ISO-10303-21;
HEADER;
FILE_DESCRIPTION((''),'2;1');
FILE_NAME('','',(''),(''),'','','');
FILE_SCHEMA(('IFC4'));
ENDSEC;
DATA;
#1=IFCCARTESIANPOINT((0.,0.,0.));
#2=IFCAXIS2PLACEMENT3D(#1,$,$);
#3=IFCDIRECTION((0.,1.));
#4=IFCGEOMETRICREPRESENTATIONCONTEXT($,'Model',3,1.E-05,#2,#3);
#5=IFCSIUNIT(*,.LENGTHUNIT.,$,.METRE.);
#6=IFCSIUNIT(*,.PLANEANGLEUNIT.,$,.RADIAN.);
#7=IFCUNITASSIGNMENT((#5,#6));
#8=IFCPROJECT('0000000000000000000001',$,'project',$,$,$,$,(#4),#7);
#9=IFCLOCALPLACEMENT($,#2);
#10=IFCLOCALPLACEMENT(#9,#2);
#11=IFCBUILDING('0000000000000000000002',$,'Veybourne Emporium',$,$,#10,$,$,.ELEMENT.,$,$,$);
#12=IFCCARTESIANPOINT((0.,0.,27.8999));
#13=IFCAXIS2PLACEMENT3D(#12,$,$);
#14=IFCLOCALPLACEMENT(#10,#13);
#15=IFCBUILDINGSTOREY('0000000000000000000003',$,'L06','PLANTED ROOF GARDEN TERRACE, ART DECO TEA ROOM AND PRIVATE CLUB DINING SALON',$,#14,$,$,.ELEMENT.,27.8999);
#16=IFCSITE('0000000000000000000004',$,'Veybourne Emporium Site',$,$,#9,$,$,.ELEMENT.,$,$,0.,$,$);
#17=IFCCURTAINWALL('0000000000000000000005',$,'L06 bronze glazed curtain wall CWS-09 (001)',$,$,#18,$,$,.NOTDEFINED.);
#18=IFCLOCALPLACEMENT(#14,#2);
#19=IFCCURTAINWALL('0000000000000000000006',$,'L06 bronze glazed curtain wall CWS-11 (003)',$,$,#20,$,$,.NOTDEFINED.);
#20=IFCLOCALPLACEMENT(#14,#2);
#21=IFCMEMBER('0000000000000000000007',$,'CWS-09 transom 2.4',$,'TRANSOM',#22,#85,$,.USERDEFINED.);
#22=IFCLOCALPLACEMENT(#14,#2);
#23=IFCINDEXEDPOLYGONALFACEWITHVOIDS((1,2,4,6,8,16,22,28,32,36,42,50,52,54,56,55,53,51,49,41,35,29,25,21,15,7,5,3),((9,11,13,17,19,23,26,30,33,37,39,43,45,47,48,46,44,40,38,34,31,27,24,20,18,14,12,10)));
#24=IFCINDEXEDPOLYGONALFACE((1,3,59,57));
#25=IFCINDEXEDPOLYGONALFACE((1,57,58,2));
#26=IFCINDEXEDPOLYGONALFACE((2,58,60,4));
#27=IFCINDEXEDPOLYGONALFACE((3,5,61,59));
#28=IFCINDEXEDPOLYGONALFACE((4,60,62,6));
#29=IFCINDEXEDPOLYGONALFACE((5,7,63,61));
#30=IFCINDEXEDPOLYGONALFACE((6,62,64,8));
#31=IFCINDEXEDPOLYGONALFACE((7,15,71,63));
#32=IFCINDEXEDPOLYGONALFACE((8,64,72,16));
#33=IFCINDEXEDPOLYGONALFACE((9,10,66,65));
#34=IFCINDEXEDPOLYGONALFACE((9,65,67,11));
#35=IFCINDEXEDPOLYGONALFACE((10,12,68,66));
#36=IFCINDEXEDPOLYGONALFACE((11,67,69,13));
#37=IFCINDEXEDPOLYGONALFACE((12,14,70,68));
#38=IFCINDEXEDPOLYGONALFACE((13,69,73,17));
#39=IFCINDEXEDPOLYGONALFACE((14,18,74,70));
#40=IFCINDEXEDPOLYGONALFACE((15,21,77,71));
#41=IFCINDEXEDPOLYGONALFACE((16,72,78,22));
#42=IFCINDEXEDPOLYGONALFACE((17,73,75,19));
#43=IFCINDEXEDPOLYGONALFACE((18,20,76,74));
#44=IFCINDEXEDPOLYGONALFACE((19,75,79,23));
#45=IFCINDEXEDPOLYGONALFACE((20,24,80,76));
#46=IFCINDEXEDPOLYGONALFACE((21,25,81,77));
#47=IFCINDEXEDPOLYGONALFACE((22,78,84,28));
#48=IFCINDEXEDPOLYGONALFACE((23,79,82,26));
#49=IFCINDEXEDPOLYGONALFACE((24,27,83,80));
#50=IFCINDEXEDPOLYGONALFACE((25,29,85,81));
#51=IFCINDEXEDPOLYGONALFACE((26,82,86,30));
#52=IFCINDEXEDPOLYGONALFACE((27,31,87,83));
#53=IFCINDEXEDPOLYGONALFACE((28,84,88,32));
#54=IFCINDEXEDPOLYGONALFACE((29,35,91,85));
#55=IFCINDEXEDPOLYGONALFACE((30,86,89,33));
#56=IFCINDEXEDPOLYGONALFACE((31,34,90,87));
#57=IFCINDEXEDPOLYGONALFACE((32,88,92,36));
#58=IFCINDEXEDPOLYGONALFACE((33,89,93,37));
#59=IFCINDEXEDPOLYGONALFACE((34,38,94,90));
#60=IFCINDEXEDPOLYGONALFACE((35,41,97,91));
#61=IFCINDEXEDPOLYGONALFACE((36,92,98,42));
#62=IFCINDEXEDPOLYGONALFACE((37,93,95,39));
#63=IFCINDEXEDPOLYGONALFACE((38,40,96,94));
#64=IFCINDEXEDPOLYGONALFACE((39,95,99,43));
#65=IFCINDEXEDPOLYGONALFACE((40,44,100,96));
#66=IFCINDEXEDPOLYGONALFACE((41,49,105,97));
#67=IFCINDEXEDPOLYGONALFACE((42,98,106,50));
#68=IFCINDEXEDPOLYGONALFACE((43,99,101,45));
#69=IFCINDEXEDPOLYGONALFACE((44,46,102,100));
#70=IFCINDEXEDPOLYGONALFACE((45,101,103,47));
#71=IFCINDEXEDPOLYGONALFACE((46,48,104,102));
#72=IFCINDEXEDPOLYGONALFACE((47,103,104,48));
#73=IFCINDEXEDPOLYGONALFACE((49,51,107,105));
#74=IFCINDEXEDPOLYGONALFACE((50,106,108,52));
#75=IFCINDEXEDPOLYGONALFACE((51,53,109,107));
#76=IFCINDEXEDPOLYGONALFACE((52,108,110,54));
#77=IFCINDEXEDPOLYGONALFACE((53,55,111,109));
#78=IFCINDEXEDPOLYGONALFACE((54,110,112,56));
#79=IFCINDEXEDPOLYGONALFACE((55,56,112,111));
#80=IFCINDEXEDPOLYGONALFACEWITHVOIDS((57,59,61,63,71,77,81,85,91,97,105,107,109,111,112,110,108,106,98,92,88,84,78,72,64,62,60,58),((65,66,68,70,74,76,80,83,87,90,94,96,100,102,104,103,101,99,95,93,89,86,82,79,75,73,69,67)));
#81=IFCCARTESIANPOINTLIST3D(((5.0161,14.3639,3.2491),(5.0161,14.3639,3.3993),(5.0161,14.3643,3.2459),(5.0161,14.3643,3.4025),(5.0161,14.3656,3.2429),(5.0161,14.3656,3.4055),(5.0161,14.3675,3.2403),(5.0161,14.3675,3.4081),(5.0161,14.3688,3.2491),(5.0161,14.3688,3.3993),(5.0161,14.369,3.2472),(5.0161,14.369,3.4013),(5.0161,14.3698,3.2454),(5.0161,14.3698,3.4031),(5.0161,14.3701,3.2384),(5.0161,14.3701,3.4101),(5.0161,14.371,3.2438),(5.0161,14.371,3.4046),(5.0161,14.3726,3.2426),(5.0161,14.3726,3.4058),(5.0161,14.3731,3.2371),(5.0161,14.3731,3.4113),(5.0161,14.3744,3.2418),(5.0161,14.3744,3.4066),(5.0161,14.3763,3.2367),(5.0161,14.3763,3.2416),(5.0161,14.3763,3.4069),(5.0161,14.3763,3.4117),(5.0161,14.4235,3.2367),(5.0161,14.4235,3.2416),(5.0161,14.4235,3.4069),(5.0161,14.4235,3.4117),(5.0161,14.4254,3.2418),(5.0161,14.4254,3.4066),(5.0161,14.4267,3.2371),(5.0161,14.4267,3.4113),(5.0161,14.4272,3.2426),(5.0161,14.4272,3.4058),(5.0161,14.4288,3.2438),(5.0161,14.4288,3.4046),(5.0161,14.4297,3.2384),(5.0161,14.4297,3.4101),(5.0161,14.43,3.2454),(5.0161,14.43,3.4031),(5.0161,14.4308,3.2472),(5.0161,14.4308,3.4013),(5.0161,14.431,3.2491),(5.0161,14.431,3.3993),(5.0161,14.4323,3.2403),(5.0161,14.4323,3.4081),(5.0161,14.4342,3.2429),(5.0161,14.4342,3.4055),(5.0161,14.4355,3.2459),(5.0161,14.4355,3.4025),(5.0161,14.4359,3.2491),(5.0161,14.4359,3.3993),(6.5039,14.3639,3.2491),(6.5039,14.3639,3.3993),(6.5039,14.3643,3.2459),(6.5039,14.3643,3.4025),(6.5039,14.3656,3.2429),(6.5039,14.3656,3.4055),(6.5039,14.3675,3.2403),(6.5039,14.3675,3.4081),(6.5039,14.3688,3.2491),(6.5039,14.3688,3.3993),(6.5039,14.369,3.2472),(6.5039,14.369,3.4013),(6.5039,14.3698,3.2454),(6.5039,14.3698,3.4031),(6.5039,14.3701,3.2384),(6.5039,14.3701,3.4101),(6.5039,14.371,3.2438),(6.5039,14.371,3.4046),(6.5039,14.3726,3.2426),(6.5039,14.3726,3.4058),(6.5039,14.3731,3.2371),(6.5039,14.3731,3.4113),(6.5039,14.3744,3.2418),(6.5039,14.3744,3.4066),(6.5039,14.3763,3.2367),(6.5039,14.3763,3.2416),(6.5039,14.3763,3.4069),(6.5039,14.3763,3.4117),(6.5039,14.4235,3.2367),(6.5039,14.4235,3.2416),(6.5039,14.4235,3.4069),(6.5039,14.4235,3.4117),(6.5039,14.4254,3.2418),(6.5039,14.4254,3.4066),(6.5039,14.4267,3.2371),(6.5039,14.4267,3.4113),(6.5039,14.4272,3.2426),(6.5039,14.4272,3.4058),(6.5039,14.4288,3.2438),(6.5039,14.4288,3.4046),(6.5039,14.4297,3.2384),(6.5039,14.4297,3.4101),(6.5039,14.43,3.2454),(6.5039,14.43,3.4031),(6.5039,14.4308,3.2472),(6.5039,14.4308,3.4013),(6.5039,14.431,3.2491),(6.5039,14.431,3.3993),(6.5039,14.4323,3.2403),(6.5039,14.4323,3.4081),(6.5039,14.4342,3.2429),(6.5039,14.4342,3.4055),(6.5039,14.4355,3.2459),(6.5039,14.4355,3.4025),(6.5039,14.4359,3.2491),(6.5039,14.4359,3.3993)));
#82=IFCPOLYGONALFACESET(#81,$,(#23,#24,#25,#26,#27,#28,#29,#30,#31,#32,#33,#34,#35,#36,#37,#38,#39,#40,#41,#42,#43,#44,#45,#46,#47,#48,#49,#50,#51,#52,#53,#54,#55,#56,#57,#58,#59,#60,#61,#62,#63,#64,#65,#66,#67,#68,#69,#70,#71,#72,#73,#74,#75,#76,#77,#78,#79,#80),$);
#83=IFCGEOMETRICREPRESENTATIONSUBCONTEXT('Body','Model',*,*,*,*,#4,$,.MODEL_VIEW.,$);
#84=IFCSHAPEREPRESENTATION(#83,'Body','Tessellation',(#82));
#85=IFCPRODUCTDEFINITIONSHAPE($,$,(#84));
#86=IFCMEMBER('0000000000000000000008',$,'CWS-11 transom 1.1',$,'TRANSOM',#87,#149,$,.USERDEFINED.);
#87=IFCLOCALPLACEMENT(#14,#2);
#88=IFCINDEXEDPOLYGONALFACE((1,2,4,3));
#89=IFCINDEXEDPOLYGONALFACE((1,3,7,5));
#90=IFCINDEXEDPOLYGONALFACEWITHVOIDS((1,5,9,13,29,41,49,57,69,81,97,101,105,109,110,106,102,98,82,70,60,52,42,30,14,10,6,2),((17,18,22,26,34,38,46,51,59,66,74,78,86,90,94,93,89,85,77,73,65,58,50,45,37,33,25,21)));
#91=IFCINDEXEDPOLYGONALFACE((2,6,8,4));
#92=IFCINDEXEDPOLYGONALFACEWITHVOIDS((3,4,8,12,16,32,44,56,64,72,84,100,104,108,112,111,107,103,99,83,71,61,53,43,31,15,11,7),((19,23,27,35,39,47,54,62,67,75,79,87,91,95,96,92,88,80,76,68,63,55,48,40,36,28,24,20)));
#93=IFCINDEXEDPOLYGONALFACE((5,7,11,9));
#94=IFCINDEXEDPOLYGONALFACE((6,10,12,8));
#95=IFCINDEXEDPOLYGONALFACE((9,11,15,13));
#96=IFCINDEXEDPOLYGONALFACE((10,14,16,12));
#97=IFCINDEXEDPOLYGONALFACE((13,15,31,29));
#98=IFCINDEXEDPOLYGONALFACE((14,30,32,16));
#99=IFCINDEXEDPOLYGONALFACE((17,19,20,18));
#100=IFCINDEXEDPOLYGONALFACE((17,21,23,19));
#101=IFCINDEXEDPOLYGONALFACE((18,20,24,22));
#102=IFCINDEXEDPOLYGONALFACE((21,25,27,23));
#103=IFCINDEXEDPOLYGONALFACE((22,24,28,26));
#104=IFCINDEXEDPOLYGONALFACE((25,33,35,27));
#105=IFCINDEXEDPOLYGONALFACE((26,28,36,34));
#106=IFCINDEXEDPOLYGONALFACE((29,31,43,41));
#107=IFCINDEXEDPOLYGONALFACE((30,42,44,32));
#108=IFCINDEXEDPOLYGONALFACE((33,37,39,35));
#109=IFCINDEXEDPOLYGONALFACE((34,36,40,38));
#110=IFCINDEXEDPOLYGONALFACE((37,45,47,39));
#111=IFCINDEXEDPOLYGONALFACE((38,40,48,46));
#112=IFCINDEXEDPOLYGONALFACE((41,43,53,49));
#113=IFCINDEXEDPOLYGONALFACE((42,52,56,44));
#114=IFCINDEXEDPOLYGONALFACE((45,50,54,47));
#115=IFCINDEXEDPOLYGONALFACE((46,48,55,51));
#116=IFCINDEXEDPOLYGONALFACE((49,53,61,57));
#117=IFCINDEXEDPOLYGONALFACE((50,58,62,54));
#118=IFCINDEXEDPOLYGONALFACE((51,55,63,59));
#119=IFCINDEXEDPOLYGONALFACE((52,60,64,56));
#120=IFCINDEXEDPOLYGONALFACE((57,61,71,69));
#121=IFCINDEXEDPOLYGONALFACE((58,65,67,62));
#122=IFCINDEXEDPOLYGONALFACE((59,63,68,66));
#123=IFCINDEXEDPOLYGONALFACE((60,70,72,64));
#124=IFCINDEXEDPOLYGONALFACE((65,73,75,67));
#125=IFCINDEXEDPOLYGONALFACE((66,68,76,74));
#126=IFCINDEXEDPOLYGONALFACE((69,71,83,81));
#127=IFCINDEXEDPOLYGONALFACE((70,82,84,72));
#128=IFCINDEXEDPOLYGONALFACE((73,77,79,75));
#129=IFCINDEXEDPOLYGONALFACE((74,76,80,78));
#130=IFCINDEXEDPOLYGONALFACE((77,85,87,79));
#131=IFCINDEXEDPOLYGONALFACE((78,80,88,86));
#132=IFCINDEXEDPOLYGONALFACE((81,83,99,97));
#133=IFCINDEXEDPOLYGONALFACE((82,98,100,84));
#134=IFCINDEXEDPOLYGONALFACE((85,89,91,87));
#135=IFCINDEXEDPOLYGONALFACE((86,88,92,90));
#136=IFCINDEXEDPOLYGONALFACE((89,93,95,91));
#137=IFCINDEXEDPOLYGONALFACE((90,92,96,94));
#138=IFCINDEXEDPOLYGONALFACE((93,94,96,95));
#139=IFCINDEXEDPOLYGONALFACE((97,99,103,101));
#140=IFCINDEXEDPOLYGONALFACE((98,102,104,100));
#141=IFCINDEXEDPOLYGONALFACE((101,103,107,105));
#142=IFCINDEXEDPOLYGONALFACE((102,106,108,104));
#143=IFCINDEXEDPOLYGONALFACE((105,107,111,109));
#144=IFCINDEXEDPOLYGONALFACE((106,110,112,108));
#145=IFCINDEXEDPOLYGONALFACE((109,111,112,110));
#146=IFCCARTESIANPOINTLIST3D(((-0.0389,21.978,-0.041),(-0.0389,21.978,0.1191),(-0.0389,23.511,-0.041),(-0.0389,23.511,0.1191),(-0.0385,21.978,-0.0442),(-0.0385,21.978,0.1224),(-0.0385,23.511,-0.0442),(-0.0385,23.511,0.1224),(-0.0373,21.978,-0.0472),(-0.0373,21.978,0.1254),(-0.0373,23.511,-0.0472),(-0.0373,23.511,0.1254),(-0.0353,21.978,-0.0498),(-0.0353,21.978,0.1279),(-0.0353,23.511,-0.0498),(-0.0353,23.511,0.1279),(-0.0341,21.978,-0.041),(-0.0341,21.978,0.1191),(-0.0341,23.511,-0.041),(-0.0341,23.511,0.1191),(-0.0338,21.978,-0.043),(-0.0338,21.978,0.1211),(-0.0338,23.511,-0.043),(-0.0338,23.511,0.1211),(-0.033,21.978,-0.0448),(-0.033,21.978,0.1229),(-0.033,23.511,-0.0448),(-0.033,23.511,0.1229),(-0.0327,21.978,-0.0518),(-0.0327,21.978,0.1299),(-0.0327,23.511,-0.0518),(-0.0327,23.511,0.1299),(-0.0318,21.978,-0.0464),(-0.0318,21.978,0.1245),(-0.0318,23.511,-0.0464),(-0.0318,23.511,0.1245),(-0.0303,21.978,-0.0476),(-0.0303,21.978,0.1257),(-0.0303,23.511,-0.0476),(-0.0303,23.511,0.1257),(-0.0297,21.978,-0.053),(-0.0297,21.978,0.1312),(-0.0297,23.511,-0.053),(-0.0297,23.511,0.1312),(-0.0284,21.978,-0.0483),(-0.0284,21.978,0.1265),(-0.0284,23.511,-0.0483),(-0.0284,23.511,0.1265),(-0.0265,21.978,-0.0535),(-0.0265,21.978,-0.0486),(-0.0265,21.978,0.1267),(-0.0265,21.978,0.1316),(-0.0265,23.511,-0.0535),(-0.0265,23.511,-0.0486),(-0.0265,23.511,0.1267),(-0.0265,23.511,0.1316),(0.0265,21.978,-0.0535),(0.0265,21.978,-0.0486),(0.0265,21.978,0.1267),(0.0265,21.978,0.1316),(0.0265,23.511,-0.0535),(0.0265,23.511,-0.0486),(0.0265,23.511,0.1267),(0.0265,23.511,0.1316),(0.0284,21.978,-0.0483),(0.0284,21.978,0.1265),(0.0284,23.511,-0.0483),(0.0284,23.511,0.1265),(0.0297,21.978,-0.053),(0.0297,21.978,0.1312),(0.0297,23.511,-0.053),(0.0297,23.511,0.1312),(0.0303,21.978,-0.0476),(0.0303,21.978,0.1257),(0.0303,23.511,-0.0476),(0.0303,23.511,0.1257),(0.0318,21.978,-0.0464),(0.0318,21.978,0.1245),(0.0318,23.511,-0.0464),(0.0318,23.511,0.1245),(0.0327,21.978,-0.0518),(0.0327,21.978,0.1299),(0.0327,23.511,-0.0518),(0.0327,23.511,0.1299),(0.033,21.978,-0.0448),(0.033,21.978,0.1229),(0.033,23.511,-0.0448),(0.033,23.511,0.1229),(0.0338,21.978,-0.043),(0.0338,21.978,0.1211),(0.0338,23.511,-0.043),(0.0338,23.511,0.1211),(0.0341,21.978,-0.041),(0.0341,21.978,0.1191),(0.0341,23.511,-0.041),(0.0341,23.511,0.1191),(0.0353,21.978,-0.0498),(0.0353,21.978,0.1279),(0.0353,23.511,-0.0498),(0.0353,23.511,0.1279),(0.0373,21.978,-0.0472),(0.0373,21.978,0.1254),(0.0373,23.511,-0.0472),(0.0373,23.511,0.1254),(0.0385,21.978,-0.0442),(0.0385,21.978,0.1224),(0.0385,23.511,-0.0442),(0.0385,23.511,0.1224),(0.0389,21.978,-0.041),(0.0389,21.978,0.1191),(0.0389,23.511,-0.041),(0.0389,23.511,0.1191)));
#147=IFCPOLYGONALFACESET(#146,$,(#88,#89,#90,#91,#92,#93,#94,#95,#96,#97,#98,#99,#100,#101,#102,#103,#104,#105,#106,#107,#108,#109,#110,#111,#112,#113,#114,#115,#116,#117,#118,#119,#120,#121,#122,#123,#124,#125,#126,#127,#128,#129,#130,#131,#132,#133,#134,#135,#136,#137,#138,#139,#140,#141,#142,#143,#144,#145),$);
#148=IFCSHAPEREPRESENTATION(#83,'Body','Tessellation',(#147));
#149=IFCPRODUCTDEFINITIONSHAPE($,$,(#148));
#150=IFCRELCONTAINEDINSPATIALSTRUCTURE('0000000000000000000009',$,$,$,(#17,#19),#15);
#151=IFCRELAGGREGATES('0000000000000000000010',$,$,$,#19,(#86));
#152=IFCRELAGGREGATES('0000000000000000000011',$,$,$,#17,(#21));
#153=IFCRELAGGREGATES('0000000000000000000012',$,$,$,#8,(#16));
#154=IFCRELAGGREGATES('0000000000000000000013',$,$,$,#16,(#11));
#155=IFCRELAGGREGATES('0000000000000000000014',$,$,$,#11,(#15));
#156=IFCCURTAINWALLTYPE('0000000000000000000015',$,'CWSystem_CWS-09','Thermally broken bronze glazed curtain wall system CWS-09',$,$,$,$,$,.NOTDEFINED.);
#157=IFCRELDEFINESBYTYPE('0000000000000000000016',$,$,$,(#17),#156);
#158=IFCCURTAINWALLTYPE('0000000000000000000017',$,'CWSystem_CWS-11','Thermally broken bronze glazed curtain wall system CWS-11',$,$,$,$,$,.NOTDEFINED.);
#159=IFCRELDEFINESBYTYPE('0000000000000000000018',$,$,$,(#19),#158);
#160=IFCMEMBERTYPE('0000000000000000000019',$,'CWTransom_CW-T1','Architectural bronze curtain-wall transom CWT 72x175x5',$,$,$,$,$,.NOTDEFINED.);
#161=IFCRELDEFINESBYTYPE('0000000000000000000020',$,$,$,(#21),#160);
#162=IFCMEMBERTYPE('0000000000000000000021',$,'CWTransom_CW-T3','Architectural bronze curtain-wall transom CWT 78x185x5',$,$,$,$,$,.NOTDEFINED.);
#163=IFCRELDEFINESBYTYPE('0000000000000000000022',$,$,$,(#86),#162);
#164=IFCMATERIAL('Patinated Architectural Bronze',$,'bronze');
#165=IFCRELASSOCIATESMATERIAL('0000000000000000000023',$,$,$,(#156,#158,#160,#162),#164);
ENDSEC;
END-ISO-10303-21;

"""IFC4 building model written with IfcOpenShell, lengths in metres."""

from ifc_helpers import new_model, si_unit, direction, frame, origin, origin_2d, place, context, subcontext, project, spatial, hollow_rectangle, extrude, material, material_profile, profile_set, type_object, element, aggregate, save


model = new_model("IFC4")

# Units and contexts
model_context = context("Model", 3, precision=1e-05, world=origin(), true_north=direction((0.0, 1.0)))
body_context = subcontext(model_context, "Body", "Model", "MODEL_VIEW")
ifc_project = project(units=[si_unit("LENGTHUNIT", "METRE"), si_unit("PLANEANGLEUNIT", "RADIAN")], contexts=[model_context])

# Site, building, storey
site_placement = place(None, origin())
site = spatial("IfcSite", under=ifc_project, at=site_placement, Name="Veybourne Emporium Site", CompositionType="ELEMENT", RefElevation=0.0)
building_placement = place(site_placement, origin())
building = spatial("IfcBuilding", under=site, at=building_placement, Name="Veybourne Emporium", CompositionType="ELEMENT")
storey_placement = place(building_placement, frame((0.0, 0.0, 27.8999)))
storey = spatial("IfcBuildingStorey", under=building, at=storey_placement, Name="L06", Description="PLANTED ROOF GARDEN TERRACE, ART DECO TEA ROOM AND PRIVATE CLUB DINING SALON", CompositionType="ELEMENT", Elevation=27.8999)

# Curtain wall
ifc_material_1 = material(Name="Patinated Architectural Bronze", Category="bronze")
curtain_wall_type_1 = type_object("IfcCurtainWallType", Name="CWSystem_CWS-09", Description="Thermally broken bronze glazed curtain wall system CWS-09", PredefinedType="NOTDEFINED", material=ifc_material_1)
curtain_wall_1_placement = place(storey_placement, origin())
curtain_wall_1 = element("IfcCurtainWall", 1, at=curtain_wall_1_placement, inside=storey, type_object=curtain_wall_type_1, Name="L06 bronze glazed curtain wall CWS-09 (001)", PredefinedType="NOTDEFINED")

# Curtain wall
curtain_wall_type_2 = type_object("IfcCurtainWallType", Name="CWSystem_CWS-11", Description="Thermally broken bronze glazed curtain wall system CWS-11", PredefinedType="NOTDEFINED", material=ifc_material_1)
curtain_wall_2_placement = place(storey_placement, origin())
curtain_wall_2 = element("IfcCurtainWall", 2, at=curtain_wall_2_placement, inside=storey, type_object=curtain_wall_type_2, Name="L06 bronze glazed curtain wall CWS-11 (003)", PredefinedType="NOTDEFINED")

# Members
ifc_material_profile_1 = material_profile(ifc_material_1, hollow_rectangle(XDim=0.072, YDim=0.175, WallThickness=0.0049, InnerFilletRadius=0.0076, OuterFilletRadius=0.0125, at=origin_2d()), Name="CWT 72x175x5")
ifc_profile_set_1 = profile_set([ifc_material_profile_1], Name="Patinated Architectural Bronze")
member_type_1 = type_object("IfcMemberType", Name="CWTransom_CW-T1", Description="Architectural bronze curtain-wall transom CWT 72x175x5", PredefinedType="NOTDEFINED", material=ifc_profile_set_1)
member_1_placement = place(storey_placement, frame((6.5039, 14.3999, 3.3242), z_axis=(-1.0, 0.0, 0.0), x_axis=(0.0, -1.0, 0.0)))
member_1 = element("IfcMember", 3, at=member_1_placement, type_object=member_type_1, Name="CWS-09 transom 2.4", ObjectType="TRANSOM", PredefinedType="USERDEFINED", context=body_context, shape_type="SweptSolid", body=[
    extrude(hollow_rectangle(XDim=0.072, YDim=0.175, WallThickness=0.0049, InnerFilletRadius=0.0076, OuterFilletRadius=0.0125, at=origin_2d()), origin(), (0.0, 0.0, 1.0), 1.4878),
])
ifc_material_profile_2 = material_profile(ifc_material_1, hollow_rectangle(XDim=0.0779, YDim=0.1851, WallThickness=0.0049, InnerFilletRadius=0.0076, OuterFilletRadius=0.0125, at=origin_2d()), Name="CWT 78x185x5")
ifc_profile_set_2 = profile_set([ifc_material_profile_2], Name="Patinated Architectural Bronze")
member_type_2 = type_object("IfcMemberType", Name="CWTransom_CW-T3", Description="Architectural bronze curtain-wall transom CWT 78x185x5", PredefinedType="NOTDEFINED", material=ifc_profile_set_2)
member_2_placement = place(storey_placement, frame((0.0, 21.978, 0.0391), z_axis=(0.0, 1.0, 0.0), x_axis=(-1.0, 0.0, 0.0)))
member_2 = element("IfcMember", 4, at=member_2_placement, type_object=member_type_2, Name="CWS-11 transom 1.1", ObjectType="TRANSOM", PredefinedType="USERDEFINED", context=body_context, shape_type="SweptSolid", body=[
    extrude(hollow_rectangle(XDim=0.0779, YDim=0.1851, WallThickness=0.0049, InnerFilletRadius=0.0076, OuterFilletRadius=0.0125, at=origin_2d()), origin(), (0.0, 0.0, 1.0), 1.533),
])
aggregate(curtain_wall_2, [member_2])

aggregate(curtain_wall_1, [member_1])

save(model, "model.ifc")
